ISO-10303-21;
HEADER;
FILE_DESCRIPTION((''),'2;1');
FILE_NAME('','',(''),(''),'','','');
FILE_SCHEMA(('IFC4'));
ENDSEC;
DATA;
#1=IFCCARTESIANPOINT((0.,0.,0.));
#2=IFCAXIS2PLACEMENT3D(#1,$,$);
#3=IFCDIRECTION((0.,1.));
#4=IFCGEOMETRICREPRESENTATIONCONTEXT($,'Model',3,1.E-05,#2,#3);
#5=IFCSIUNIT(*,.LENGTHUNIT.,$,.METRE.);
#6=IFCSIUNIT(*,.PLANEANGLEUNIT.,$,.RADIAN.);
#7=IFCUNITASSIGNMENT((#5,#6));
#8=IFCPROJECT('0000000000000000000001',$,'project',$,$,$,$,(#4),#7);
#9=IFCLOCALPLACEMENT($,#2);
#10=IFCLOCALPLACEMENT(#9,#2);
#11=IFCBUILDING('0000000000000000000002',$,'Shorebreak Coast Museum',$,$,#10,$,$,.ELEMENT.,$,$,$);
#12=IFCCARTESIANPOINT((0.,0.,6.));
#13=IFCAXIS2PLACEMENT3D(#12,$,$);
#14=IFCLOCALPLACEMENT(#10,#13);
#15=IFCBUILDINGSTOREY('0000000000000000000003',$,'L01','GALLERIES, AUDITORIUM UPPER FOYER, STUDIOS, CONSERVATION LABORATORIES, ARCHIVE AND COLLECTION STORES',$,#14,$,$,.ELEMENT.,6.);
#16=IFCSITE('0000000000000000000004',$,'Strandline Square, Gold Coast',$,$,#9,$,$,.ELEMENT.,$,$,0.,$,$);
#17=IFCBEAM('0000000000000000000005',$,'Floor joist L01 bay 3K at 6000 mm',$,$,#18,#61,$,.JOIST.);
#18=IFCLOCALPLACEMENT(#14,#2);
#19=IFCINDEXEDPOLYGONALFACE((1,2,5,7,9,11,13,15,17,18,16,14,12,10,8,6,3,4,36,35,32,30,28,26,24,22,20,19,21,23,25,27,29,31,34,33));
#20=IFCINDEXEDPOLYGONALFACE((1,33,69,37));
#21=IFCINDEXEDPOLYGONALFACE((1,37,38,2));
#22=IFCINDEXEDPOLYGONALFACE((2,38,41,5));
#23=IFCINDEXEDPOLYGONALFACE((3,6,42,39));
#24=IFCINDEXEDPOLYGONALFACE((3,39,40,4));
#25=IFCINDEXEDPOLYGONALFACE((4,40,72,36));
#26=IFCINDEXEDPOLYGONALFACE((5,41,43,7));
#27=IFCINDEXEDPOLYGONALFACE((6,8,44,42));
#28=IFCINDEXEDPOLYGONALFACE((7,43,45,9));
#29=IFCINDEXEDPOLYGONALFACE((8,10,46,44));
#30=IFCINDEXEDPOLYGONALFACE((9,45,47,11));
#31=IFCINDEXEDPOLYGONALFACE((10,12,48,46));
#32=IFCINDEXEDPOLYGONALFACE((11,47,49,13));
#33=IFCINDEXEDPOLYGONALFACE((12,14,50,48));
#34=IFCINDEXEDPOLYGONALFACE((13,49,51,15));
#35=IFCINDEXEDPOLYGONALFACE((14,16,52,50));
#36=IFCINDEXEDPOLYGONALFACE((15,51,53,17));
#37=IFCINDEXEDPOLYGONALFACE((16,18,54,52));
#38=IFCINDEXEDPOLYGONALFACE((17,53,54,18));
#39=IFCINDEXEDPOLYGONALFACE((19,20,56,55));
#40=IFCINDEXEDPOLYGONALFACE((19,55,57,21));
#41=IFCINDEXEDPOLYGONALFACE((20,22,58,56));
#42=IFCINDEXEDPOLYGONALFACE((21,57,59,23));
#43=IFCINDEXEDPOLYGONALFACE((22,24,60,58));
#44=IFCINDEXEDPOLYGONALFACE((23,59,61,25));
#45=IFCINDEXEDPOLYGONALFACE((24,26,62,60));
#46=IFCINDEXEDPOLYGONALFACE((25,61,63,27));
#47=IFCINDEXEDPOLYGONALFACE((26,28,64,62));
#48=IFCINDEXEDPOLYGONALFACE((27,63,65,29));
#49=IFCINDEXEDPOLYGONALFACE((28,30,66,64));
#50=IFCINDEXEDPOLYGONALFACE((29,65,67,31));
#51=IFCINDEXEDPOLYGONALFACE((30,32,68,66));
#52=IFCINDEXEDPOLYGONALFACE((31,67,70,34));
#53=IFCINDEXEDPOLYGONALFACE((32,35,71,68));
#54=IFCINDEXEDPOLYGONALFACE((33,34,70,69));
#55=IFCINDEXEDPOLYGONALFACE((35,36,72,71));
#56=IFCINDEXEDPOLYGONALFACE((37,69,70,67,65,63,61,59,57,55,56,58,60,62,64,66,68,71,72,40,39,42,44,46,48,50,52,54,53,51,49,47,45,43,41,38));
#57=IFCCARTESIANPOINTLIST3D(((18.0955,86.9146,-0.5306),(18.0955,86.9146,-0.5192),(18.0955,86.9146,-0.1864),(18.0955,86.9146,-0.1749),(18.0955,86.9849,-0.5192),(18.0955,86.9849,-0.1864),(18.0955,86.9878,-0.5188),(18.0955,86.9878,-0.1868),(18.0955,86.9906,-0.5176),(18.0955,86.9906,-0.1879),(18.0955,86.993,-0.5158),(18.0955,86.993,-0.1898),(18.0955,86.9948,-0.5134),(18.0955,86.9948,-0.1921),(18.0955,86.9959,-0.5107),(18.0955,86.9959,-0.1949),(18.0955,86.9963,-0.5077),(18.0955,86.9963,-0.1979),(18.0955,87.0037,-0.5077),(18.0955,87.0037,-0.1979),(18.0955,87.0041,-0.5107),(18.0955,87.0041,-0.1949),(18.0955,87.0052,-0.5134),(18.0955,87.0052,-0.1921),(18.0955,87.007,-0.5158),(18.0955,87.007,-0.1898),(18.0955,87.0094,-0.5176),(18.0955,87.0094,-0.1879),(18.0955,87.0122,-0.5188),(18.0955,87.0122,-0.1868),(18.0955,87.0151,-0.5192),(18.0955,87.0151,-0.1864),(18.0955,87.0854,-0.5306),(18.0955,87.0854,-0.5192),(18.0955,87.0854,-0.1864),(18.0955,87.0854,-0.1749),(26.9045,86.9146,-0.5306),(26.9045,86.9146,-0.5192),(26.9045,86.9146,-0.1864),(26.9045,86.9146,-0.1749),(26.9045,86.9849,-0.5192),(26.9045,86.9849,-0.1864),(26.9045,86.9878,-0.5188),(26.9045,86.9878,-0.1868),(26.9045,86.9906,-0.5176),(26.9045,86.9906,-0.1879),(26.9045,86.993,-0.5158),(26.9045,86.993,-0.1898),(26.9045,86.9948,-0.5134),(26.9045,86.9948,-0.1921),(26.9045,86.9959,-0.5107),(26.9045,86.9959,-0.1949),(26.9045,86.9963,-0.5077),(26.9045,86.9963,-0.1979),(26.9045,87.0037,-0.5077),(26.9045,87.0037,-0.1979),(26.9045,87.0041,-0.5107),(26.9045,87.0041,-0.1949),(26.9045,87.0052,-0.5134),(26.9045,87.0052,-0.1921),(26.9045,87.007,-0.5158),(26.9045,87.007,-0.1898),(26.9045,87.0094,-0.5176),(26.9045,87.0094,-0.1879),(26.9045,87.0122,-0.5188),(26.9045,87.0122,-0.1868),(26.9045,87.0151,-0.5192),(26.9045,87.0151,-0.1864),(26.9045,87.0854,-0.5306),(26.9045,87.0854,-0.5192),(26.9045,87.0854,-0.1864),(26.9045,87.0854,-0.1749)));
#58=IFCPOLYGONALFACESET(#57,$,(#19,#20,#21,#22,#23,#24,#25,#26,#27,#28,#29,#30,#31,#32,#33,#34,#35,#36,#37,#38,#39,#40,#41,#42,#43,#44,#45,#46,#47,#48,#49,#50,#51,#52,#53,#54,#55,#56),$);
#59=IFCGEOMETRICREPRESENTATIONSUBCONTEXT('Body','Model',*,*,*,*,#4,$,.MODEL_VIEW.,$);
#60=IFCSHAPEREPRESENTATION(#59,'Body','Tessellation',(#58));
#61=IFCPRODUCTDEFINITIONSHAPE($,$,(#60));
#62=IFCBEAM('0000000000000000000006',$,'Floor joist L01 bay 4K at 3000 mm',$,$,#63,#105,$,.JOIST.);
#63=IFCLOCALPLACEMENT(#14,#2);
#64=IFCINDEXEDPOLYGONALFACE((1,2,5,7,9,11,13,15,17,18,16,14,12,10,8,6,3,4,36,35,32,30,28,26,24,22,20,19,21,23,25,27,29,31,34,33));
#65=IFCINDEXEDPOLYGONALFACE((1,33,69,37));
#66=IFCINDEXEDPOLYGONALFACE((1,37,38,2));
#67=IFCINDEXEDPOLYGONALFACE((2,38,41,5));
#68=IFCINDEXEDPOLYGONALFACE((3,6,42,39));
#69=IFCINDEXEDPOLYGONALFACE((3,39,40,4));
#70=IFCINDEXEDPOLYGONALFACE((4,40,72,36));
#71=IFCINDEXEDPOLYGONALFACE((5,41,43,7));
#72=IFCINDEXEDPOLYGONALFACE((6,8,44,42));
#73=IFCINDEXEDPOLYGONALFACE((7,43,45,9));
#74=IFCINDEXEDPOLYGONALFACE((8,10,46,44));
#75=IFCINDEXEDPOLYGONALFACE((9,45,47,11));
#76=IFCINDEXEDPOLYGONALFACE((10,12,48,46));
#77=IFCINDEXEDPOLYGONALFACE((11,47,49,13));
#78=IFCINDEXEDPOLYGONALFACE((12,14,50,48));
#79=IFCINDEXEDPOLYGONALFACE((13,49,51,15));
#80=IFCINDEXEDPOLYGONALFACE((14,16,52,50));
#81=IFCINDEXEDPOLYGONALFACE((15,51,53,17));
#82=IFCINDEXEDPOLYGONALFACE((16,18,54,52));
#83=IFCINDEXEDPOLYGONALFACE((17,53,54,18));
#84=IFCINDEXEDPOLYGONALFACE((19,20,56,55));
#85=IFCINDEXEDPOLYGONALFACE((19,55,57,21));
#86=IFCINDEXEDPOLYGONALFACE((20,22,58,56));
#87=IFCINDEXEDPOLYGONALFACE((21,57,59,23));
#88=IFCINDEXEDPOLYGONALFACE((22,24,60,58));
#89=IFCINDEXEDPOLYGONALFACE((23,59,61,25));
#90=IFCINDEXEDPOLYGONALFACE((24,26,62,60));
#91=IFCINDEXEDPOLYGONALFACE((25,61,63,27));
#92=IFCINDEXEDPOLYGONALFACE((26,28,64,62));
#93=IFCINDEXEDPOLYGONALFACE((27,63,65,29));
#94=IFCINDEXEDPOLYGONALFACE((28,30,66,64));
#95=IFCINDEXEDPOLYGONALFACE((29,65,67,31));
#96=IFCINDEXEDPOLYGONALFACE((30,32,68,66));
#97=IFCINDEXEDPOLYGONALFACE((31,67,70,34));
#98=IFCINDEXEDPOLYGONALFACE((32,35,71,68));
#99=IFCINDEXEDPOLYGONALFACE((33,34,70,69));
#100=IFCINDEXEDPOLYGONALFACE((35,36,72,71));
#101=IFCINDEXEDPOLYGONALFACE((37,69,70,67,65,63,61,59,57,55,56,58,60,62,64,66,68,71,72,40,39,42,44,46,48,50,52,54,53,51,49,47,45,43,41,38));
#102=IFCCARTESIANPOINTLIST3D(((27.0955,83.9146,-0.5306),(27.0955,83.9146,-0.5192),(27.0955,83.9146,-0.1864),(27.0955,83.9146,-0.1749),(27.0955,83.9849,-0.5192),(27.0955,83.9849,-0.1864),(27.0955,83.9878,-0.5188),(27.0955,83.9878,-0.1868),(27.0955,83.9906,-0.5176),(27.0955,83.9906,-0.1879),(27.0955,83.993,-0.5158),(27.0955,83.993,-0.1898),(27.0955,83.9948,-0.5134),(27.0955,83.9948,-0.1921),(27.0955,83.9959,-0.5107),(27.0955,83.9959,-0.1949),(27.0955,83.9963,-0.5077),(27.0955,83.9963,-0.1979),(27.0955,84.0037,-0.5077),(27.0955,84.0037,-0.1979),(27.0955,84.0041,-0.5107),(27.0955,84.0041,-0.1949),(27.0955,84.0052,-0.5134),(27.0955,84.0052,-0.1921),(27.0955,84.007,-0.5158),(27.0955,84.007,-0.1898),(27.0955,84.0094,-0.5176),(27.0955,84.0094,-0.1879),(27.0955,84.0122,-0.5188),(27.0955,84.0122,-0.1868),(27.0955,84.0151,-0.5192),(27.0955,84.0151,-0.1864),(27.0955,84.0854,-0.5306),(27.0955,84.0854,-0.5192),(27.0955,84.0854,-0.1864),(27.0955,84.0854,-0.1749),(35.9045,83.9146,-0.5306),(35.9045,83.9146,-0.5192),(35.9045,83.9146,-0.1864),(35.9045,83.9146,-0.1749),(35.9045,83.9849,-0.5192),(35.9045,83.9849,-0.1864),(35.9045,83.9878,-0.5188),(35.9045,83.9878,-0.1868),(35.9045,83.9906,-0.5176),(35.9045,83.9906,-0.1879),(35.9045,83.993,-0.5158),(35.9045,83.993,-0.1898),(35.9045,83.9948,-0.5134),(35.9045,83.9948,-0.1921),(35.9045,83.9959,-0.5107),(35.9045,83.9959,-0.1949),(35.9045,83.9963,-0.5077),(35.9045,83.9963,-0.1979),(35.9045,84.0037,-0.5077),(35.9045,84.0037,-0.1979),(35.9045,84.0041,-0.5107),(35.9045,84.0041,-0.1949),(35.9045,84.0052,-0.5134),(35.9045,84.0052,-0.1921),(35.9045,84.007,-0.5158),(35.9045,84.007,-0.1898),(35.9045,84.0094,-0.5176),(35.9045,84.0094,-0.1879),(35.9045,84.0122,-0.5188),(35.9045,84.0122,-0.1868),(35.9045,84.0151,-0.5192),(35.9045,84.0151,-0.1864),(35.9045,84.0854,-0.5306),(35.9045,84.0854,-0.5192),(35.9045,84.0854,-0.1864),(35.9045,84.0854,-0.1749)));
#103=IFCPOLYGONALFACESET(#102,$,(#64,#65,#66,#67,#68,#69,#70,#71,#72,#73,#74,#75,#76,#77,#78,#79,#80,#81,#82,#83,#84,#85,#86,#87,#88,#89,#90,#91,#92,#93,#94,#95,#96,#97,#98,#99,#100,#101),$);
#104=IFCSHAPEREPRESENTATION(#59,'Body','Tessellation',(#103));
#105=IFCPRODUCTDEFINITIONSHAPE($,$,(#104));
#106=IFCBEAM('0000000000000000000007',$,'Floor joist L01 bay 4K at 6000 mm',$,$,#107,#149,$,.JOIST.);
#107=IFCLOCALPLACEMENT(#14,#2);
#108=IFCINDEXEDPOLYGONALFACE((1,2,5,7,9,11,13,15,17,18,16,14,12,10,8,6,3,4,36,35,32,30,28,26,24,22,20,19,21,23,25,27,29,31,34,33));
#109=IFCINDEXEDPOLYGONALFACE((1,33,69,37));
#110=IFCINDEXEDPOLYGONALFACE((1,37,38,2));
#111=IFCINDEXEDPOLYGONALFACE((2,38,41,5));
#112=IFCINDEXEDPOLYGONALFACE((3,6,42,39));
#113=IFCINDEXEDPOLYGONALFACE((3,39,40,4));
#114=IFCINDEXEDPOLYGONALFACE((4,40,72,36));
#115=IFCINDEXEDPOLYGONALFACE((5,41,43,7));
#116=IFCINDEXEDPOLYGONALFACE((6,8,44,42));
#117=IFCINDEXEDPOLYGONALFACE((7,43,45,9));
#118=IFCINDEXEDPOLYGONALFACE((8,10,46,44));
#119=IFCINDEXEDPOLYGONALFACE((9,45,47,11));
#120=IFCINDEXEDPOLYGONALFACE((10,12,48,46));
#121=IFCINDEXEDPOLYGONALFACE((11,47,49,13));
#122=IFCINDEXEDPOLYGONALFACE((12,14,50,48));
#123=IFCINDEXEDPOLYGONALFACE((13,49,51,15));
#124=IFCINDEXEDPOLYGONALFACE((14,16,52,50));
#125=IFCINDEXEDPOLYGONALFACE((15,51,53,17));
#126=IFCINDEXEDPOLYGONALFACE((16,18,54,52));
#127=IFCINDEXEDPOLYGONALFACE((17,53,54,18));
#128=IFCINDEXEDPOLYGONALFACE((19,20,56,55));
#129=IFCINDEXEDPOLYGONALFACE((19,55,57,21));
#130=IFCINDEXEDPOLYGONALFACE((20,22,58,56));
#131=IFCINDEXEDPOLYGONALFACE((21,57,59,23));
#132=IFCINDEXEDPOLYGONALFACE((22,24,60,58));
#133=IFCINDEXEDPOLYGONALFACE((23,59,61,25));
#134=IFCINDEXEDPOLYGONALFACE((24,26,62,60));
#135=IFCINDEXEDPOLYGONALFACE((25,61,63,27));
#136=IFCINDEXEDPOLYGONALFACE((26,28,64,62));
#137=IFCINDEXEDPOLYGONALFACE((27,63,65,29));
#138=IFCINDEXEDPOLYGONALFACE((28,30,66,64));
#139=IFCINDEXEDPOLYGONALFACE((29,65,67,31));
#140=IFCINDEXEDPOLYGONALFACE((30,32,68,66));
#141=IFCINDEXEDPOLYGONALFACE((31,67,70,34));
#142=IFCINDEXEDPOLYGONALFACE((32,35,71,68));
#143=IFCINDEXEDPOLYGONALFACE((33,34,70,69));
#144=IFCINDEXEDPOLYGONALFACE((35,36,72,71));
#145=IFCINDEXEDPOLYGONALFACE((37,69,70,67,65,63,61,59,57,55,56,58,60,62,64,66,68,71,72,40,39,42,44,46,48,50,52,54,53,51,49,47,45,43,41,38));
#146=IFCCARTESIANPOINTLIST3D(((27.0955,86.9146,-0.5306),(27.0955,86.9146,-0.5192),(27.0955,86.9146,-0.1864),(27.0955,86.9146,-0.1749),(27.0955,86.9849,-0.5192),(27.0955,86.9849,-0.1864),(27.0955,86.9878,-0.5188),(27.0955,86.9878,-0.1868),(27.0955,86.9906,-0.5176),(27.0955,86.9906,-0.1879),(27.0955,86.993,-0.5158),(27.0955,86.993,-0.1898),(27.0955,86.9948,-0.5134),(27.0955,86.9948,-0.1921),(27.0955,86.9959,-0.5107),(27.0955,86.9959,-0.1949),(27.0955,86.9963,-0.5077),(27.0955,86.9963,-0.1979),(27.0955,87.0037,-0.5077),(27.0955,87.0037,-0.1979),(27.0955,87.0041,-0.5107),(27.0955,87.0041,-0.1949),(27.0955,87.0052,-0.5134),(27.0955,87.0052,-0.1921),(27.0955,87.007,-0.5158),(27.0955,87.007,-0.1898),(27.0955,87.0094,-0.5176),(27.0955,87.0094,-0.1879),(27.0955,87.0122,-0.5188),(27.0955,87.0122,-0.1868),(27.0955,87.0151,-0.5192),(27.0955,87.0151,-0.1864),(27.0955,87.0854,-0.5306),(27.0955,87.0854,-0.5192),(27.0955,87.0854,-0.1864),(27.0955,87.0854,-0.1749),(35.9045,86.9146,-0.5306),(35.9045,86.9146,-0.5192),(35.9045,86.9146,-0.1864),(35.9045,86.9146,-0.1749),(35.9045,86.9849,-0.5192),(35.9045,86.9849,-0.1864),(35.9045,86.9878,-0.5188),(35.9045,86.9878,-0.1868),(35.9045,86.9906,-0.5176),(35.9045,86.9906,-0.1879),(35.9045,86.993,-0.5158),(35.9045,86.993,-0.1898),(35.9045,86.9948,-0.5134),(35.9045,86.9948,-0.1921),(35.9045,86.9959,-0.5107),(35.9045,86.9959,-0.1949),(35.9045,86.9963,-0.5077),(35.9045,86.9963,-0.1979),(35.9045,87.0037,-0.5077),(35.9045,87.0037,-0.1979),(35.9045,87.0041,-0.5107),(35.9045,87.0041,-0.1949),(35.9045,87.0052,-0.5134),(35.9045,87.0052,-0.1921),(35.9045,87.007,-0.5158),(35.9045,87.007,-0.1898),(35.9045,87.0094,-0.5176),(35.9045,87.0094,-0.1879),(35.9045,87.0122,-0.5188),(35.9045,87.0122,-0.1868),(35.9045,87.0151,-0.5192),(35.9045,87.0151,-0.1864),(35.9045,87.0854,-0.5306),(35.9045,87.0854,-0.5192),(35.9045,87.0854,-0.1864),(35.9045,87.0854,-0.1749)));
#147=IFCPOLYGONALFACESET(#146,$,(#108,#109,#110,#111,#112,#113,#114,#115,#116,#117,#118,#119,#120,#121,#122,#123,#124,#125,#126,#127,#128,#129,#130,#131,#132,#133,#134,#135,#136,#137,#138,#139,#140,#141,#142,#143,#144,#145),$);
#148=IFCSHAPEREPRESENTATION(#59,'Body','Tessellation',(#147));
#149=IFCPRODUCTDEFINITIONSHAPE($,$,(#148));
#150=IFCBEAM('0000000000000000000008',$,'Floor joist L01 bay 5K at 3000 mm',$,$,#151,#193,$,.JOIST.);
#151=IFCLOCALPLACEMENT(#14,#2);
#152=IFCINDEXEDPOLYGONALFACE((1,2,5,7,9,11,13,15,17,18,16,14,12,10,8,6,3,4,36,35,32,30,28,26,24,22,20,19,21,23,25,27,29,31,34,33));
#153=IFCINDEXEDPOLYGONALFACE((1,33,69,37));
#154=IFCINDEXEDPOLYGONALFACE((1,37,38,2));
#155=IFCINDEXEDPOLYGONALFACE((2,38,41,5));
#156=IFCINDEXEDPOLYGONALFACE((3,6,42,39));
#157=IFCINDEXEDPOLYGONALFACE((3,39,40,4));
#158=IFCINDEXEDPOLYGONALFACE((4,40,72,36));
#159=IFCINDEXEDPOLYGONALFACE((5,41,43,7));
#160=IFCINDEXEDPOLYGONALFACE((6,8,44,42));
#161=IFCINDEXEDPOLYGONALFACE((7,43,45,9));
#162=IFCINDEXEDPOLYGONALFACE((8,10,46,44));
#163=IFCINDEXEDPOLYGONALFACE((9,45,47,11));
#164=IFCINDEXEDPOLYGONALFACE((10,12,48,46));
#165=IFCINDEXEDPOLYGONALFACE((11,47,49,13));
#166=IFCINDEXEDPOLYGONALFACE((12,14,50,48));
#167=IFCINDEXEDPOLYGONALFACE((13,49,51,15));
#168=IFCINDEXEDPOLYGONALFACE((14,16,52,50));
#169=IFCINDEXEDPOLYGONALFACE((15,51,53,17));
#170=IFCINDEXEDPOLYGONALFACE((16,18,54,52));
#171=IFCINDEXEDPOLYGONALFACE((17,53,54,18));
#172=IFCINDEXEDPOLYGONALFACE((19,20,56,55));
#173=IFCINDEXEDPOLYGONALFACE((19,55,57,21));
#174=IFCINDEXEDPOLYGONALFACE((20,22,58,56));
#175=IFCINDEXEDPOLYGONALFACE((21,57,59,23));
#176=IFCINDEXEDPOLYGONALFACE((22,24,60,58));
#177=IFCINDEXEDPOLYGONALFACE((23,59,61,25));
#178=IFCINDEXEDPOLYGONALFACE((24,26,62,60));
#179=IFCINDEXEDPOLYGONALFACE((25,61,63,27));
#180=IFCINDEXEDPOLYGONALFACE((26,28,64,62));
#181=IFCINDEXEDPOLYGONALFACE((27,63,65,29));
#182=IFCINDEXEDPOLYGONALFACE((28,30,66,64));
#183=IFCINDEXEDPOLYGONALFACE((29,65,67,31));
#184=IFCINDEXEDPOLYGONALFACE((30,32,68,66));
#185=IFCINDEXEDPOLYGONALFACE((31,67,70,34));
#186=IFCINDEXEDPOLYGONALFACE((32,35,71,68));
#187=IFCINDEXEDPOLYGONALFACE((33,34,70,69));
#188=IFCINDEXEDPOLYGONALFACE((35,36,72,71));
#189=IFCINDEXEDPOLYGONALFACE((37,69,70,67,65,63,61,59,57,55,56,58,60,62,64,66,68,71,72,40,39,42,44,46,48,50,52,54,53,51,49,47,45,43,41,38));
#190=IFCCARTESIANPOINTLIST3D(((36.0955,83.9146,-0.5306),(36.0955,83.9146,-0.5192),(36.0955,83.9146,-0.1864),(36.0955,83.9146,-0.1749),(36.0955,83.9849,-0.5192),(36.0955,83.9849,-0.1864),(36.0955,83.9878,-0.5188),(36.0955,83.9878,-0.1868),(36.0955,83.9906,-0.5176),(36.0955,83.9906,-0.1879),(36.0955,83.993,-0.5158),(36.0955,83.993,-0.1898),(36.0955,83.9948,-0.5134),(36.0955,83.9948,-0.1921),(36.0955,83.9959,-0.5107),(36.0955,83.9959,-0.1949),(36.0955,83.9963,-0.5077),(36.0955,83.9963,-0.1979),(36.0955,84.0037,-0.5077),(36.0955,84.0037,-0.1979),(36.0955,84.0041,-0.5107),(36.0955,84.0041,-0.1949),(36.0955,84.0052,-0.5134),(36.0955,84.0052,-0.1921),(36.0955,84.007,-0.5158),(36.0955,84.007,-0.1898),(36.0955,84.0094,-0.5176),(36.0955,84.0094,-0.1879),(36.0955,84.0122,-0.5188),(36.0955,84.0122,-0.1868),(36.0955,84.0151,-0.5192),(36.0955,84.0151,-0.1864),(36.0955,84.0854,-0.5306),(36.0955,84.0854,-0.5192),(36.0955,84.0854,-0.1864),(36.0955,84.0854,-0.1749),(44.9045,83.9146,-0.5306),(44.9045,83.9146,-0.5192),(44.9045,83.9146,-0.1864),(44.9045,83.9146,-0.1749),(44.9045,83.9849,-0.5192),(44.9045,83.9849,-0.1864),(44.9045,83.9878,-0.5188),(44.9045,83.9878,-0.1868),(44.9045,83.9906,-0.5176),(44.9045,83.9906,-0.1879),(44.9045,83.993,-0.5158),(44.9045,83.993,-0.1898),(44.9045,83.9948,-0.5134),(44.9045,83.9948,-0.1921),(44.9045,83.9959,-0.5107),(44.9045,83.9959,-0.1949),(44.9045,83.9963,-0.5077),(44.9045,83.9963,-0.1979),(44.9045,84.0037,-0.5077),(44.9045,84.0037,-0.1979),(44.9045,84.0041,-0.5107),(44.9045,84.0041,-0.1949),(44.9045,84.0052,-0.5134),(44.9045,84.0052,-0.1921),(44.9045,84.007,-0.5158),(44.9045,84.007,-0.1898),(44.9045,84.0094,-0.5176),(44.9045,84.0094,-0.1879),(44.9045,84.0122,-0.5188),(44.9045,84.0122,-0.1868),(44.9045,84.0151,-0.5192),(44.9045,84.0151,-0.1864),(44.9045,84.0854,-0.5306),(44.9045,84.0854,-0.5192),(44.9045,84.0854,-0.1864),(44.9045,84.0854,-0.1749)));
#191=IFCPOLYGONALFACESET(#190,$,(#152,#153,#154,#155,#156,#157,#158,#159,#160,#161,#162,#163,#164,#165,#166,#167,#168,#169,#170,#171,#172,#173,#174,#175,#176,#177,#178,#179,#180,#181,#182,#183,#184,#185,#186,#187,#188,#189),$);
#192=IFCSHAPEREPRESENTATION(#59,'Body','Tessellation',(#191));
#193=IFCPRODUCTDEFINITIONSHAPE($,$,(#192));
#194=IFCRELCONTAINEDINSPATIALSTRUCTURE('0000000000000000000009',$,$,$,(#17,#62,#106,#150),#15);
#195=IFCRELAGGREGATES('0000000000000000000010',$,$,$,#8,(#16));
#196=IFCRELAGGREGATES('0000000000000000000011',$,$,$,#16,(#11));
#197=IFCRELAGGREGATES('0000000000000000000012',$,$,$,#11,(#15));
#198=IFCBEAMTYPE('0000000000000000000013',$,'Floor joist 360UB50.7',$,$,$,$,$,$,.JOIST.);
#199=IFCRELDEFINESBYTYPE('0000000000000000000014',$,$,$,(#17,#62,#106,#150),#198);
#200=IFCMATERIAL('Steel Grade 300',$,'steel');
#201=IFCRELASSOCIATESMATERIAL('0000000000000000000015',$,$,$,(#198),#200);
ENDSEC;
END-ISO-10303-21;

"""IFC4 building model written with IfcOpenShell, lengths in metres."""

from ifc_helpers import new_model, si_unit, direction, frame, origin, origin_2d, place, context, subcontext, project, spatial, i_section, extrude, material, material_profile, profile_set, type_object, element, save


model = new_model("IFC4")

# Units and contexts
model_context = context("Model", 3, precision=1e-05, world=origin(), true_north=direction((0.0, 1.0)))
body_context = subcontext(model_context, "Body", "Model", "MODEL_VIEW")
ifc_project = project(units=[si_unit("LENGTHUNIT", "METRE"), si_unit("PLANEANGLEUNIT", "RADIAN")], contexts=[model_context])

# Site, building, storey
site_placement = place(None, origin())
site = spatial("IfcSite", under=ifc_project, at=site_placement, Name="Strandline Square, Gold Coast", CompositionType="ELEMENT", RefElevation=0.0)
building_placement = place(site_placement, origin())
building = spatial("IfcBuilding", under=site, at=building_placement, Name="Shorebreak Coast Museum", CompositionType="ELEMENT")
storey_placement = place(building_placement, frame((0.0, 0.0, 6.0)))
storey = spatial("IfcBuildingStorey", under=building, at=storey_placement, Name="L01", Description="GALLERIES, AUDITORIUM UPPER FOYER, STUDIOS, CONSERVATION LABORATORIES, ARCHIVE AND COLLECTION STORES", CompositionType="ELEMENT", Elevation=6.0)

# Beams
ifc_material_1 = material(Name="Steel Grade 300", Category="steel")
ifc_material_profile_1 = material_profile(ifc_material_1, i_section(OverallWidth=0.1709, OverallDepth=0.3557, WebThickness=0.0073, FlangeThickness=0.0115, FilletRadius=0.0115, at=origin_2d()), Name="360UB50.7")
ifc_profile_set_1 = profile_set([ifc_material_profile_1], Name="Steel Grade 300")
beam_type_1 = type_object("IfcBeamType", Name="Floor joist 360UB50.7", PredefinedType="JOIST", material=ifc_profile_set_1)
for number, where, z_axis, x_axis, name in (
    (1, (18.0955, 87.0, -0.3528), (1.0, 0.0, 0.0), (0.0, 1.0, 0.0), "Floor joist L01 bay 3K at 6000 mm"),
    (2, (27.0955, 84.0, -0.3528), (1.0, 0.0, 0.0), (0.0, 1.0, 0.0), "Floor joist L01 bay 4K at 3000 mm"),
    (3, (27.0955, 87.0, -0.3528), (1.0, 0.0, 0.0), (0.0, 1.0, 0.0), "Floor joist L01 bay 4K at 6000 mm"),
    (4, (36.0955, 84.0, -0.3528), (1.0, 0.0, 0.0), (0.0, 1.0, 0.0), "Floor joist L01 bay 5K at 3000 mm"),
):
    element("IfcBeam", number, at=place(storey_placement, frame(where, z_axis=z_axis, x_axis=x_axis)), inside=storey, type_object=beam_type_1, Name=name, PredefinedType="JOIST", context=body_context, shape_type="SweptSolid", body=[
        extrude(i_section(OverallWidth=0.1709, OverallDepth=0.3557, WebThickness=0.0073, FlangeThickness=0.0115, FilletRadius=0.0115, at=origin_2d()), origin(), (0.0, 0.0, 1.0), 8.8091),
    ])

save(model, "model.ifc")
